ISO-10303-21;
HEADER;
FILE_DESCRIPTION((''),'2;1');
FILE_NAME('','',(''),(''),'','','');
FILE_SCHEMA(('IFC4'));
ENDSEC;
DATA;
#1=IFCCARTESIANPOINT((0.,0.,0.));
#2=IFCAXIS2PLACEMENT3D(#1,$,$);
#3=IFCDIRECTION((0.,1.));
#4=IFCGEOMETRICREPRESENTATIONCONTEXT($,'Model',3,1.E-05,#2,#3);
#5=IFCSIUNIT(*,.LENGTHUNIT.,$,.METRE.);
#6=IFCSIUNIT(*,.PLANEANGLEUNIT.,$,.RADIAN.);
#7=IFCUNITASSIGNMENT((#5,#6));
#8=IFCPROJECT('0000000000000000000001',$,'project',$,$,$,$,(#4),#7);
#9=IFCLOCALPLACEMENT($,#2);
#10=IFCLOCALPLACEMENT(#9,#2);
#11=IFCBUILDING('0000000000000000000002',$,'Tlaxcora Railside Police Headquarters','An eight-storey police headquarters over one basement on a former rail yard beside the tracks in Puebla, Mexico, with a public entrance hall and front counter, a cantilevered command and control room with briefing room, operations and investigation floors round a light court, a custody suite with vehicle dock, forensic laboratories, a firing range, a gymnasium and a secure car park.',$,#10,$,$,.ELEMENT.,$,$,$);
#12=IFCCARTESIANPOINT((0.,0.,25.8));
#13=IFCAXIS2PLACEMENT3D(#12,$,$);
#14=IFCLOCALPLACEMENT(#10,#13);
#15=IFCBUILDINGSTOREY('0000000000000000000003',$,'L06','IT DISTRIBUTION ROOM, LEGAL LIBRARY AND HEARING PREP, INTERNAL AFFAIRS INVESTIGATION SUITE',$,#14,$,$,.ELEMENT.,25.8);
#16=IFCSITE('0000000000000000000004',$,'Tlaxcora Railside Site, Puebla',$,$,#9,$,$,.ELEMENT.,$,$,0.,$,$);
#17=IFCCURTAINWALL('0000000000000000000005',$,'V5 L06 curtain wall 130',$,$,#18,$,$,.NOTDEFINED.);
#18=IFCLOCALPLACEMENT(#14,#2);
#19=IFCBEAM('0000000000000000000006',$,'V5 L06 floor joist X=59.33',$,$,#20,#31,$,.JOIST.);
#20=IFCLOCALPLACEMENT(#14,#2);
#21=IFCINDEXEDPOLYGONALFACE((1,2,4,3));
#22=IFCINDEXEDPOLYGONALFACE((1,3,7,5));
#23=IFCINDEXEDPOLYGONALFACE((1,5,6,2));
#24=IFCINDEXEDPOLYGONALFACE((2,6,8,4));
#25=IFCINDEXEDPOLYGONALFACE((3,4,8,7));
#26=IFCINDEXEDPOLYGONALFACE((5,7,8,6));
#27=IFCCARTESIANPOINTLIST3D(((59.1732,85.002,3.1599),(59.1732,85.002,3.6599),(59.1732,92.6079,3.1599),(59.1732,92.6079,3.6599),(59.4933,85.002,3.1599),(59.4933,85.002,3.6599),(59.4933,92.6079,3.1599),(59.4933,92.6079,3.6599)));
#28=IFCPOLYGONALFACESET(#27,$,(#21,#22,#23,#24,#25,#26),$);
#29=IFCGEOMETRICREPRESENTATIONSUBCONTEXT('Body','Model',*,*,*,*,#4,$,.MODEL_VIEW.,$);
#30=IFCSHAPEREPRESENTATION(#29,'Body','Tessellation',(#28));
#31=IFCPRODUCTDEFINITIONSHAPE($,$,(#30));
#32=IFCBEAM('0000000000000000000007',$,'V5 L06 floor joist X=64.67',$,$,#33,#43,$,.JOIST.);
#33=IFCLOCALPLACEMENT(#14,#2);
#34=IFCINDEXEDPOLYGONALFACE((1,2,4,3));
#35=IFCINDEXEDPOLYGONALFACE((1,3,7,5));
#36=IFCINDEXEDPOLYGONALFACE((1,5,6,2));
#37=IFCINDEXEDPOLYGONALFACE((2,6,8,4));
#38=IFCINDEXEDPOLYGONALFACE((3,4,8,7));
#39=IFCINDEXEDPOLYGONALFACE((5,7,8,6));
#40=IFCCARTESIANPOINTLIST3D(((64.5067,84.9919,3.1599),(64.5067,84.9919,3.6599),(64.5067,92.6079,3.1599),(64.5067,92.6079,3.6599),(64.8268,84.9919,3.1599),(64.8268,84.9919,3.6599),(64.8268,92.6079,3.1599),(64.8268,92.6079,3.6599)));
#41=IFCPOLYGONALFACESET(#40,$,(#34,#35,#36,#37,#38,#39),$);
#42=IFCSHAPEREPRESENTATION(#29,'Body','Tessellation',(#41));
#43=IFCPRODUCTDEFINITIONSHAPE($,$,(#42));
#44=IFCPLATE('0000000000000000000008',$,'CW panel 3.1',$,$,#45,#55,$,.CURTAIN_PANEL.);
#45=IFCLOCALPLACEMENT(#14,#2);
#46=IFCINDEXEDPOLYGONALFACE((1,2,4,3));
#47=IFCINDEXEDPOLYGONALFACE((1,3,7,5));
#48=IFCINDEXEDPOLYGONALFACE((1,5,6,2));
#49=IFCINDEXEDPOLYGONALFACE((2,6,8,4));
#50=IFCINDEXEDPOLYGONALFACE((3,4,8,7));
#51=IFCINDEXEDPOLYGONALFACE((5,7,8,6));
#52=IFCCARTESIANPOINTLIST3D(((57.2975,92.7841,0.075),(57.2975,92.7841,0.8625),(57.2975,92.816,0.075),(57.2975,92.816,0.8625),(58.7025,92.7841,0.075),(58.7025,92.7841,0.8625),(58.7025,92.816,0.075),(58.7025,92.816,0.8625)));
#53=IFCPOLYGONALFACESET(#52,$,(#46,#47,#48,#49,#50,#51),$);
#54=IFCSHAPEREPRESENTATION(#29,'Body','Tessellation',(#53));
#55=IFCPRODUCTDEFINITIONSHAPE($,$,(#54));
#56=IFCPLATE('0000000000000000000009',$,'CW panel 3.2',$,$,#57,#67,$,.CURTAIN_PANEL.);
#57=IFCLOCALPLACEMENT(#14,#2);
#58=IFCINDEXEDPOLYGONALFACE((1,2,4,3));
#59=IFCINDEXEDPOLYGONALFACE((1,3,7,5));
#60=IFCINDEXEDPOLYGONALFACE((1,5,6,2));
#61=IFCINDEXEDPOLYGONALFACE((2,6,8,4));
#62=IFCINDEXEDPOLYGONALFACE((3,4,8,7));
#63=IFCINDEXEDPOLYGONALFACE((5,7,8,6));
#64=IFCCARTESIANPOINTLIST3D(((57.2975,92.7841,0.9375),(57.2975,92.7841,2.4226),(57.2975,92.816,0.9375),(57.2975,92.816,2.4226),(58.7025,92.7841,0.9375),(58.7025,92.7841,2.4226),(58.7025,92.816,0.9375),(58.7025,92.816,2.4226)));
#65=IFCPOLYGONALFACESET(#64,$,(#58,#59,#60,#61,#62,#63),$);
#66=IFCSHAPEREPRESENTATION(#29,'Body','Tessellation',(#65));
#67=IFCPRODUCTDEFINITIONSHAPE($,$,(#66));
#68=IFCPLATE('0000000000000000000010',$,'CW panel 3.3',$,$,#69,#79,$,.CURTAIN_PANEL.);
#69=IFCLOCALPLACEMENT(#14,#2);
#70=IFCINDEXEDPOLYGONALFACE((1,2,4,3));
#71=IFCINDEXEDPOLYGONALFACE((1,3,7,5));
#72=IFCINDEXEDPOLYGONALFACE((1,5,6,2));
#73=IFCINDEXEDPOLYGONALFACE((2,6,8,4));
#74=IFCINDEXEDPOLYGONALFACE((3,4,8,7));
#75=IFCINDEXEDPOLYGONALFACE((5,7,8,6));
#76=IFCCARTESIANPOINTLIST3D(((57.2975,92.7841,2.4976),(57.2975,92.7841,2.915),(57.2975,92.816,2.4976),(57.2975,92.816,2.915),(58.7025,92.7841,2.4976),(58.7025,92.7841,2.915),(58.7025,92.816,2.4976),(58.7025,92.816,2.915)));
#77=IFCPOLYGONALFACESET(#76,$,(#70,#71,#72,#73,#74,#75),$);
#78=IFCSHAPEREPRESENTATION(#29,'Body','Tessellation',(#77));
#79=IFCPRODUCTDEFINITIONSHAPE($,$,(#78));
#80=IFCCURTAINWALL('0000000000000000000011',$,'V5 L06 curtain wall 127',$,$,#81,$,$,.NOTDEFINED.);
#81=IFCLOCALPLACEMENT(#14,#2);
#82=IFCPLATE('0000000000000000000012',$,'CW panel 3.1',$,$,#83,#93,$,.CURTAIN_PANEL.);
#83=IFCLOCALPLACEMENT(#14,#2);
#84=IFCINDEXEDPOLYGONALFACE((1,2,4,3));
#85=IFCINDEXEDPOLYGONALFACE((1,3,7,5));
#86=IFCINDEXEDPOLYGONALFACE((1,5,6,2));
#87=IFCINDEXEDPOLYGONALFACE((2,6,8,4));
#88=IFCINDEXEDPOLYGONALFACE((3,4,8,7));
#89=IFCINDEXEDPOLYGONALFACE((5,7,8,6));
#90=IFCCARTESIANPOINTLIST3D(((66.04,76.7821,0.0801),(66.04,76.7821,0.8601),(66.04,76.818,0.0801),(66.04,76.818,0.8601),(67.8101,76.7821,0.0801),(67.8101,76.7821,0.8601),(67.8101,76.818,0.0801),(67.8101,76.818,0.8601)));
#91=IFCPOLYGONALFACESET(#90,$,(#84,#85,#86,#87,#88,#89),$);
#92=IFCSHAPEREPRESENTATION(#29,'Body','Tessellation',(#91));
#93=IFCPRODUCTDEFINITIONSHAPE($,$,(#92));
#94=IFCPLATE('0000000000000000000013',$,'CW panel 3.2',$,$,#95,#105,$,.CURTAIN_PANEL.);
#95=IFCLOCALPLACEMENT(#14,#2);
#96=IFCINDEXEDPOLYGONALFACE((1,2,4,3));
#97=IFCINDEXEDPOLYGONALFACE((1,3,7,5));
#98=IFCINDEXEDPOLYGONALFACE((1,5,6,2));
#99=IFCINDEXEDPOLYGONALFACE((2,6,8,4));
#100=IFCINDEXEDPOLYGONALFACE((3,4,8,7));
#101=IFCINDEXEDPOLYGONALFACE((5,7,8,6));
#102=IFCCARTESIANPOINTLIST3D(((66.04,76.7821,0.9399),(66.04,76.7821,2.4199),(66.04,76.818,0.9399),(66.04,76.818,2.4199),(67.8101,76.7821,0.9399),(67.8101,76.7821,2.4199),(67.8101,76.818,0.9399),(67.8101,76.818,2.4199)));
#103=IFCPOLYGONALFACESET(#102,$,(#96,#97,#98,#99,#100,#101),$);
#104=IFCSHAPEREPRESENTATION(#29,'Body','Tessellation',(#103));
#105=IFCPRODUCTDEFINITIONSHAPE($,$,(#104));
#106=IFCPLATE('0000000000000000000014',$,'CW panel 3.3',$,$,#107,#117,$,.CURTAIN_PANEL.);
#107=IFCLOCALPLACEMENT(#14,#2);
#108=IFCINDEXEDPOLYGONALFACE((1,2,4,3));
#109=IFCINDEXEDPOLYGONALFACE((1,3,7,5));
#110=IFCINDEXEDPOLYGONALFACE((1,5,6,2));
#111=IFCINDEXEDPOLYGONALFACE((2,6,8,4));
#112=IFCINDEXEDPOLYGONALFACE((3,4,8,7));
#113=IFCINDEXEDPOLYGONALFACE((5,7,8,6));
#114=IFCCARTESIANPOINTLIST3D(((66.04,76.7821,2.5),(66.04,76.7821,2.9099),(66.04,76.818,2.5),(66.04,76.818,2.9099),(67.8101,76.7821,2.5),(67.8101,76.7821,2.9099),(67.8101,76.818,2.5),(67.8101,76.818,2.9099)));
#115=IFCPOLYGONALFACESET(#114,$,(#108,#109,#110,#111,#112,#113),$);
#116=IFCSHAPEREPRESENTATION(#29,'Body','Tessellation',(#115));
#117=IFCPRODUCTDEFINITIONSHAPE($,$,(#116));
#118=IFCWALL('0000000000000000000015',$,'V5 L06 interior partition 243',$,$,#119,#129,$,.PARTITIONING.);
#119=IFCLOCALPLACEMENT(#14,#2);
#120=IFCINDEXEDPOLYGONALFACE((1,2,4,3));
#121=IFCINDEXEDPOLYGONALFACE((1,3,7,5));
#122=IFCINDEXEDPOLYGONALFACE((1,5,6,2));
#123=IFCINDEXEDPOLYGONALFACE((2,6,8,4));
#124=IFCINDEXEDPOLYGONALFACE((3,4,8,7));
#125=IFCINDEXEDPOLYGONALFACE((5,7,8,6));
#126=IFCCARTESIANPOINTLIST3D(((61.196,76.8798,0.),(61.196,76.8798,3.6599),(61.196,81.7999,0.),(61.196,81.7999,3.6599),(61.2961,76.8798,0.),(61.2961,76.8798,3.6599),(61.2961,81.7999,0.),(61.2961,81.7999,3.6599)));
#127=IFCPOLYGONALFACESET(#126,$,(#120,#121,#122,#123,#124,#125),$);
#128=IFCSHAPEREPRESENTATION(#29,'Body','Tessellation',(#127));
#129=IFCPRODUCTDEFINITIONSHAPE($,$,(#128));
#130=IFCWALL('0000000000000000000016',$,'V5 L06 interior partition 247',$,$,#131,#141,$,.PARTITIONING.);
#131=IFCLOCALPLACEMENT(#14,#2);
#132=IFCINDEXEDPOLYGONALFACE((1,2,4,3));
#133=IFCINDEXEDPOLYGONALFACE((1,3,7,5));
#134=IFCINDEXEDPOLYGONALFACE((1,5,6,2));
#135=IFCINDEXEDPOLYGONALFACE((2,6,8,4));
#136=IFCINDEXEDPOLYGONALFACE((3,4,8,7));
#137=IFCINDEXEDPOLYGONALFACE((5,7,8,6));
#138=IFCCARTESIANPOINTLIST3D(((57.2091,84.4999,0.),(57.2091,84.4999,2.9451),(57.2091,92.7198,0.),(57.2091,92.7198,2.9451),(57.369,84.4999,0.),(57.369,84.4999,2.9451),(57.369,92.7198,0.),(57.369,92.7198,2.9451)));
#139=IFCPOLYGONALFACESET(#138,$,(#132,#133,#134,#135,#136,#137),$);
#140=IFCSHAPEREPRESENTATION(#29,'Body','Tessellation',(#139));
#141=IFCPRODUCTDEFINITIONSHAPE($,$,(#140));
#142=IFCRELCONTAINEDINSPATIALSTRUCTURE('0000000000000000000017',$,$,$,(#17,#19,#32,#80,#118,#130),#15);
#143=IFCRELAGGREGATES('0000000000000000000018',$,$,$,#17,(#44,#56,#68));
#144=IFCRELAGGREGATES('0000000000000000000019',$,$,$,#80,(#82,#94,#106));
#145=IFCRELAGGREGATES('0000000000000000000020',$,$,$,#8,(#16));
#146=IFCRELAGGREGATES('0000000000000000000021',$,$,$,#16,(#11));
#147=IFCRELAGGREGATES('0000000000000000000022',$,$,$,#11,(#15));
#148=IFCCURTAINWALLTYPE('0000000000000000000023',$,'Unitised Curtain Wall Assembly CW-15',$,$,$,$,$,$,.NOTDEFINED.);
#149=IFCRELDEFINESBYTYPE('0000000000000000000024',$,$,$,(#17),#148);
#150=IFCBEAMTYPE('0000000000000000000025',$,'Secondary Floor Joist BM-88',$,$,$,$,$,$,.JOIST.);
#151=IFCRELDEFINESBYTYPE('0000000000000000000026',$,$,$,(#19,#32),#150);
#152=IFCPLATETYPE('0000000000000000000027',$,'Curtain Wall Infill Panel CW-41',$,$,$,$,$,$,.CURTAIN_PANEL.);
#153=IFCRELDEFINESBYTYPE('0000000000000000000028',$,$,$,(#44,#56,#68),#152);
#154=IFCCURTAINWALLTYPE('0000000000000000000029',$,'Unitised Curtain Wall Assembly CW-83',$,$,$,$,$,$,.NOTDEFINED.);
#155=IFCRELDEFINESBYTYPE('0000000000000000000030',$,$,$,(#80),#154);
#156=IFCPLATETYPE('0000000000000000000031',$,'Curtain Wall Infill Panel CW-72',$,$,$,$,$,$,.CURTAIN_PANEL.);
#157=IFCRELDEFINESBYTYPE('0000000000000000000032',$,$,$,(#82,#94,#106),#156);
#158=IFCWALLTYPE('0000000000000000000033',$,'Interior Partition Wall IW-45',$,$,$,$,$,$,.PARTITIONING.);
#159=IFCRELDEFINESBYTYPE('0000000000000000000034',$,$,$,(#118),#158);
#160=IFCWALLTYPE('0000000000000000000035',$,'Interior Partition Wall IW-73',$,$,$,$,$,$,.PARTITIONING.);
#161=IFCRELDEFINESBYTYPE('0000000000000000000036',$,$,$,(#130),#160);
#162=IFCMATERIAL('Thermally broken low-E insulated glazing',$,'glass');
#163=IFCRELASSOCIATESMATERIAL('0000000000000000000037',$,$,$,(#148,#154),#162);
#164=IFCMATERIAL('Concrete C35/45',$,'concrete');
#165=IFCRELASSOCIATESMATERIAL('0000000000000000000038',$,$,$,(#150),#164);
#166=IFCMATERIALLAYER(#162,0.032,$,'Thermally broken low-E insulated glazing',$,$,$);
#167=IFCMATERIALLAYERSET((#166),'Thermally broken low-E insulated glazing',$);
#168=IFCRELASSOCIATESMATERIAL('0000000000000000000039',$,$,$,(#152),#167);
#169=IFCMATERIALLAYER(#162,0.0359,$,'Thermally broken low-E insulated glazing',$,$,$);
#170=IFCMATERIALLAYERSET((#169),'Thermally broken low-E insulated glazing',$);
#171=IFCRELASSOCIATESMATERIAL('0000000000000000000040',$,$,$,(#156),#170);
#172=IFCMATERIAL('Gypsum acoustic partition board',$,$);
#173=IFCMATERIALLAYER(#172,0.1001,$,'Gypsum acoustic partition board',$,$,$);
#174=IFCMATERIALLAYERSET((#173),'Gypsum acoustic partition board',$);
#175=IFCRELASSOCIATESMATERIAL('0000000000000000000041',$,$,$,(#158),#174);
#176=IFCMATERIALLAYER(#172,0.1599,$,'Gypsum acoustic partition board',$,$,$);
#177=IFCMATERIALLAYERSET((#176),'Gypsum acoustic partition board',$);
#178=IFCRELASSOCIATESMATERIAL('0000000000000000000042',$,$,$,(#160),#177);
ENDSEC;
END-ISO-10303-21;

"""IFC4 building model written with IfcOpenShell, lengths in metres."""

from ifc_helpers import new_model, si_unit, direction, frame, frame_2d, origin, origin_2d, place, context, subcontext, project, spatial, rectangle, extrude, material, layer, layer_set, material_profile, profile_set, type_object, element, aggregate, save


model = new_model("IFC4")

# Units and contexts
model_context = context("Model", 3, precision=1e-05, world=origin(), true_north=direction((0.0, 1.0)))
body_context = subcontext(model_context, "Body", "Model", "MODEL_VIEW")
ifc_project = project(units=[si_unit("LENGTHUNIT", "METRE"), si_unit("PLANEANGLEUNIT", "RADIAN")], contexts=[model_context])

# Site, building, storey
site_placement = place(None, origin())
site = spatial("IfcSite", under=ifc_project, at=site_placement, Name="Tlaxcora Railside Site, Puebla", CompositionType="ELEMENT", RefElevation=0.0)
building_placement = place(site_placement, origin())
building = spatial("IfcBuilding", under=site, at=building_placement, Name="Tlaxcora Railside Police Headquarters", Description="An eight-storey police headquarters over one basement on a former rail yard beside the tracks in Puebla, Mexico, with a public entrance hall and front counter, a cantilevered command and control room with briefing room, operations and investigation floors round a light court, a custody suite with vehicle dock, forensic laboratories, a firing range, a gymnasium and a secure car park.", CompositionType="ELEMENT")
storey_placement = place(building_placement, frame((0.0, 0.0, 25.8)))
storey = spatial("IfcBuildingStorey", under=building, at=storey_placement, Name="L06", Description="IT DISTRIBUTION ROOM, LEGAL LIBRARY AND HEARING PREP, INTERNAL AFFAIRS INVESTIGATION SUITE", CompositionType="ELEMENT", Elevation=25.8)

# Curtain wall
ifc_material_1 = material(Name="Thermally broken low-E insulated glazing", Category="glass")
curtain_wall_type_1 = type_object("IfcCurtainWallType", Name="Unitised Curtain Wall Assembly CW-15", PredefinedType="NOTDEFINED", material=ifc_material_1)
curtain_wall_1_placement = place(storey_placement, origin())
curtain_wall_1 = element("IfcCurtainWall", 1, at=curtain_wall_1_placement, inside=storey, type_object=curtain_wall_type_1, Name="V5 L06 curtain wall 130", PredefinedType="NOTDEFINED")

# Beams
ifc_material_2 = material(Name="Concrete C35/45", Category="concrete")
ifc_material_profile_1 = material_profile(ifc_material_2, rectangle(XDim=0.3201, YDim=0.5, at=origin_2d()), Name="RC320X500")
ifc_profile_set_1 = profile_set([ifc_material_profile_1], Name="Concrete C35/45")
beam_type_1 = type_object("IfcBeamType", Name="Secondary Floor Joist BM-88", PredefinedType="JOIST", material=ifc_profile_set_1)
beam_1_placement = place(storey_placement, frame((59.3333, 85.002, 3.4099), z_axis=(0.0, 1.0, 0.0), x_axis=(-1.0, 0.0, 0.0)))
element("IfcBeam", 2, at=beam_1_placement, inside=storey, type_object=beam_type_1, Name="V5 L06 floor joist X=59.33", PredefinedType="JOIST", context=body_context, shape_type="SweptSolid", body=[
    extrude(rectangle(XDim=0.3201, YDim=0.5, at=origin_2d()), origin(), (0.0, 0.0, 1.0), 7.606),
])
beam_2_placement = place(storey_placement, frame((64.6667, 84.9919, 3.4099), z_axis=(0.0, 1.0, 0.0), x_axis=(-1.0, 0.0, 0.0)))
element("IfcBeam", 3, at=beam_2_placement, inside=storey, type_object=beam_type_1, Name="V5 L06 floor joist X=64.67", PredefinedType="JOIST", context=body_context, shape_type="SweptSolid", body=[
    extrude(rectangle(XDim=0.3201, YDim=0.5, at=origin_2d()), origin(), (0.0, 0.0, 1.0), 7.616),
])

# Plates
ifc_layer_1 = layer(ifc_material_1, 0.032, Name="Thermally broken low-E insulated glazing")
ifc_layer_set_1 = layer_set([ifc_layer_1], Name="Thermally broken low-E insulated glazing")
plate_type_1 = type_object("IfcPlateType", Name="Curtain Wall Infill Panel CW-41", PredefinedType="CURTAIN_PANEL", material=ifc_layer_set_1)
plate_1_placement = place(storey_placement, frame((58.0, 92.8, 0.075), z_axis=(0.0, 0.0, 1.0), x_axis=(-1.0, 0.0, 0.0)))
plate_1 = element("IfcPlate", 4, at=plate_1_placement, type_object=plate_type_1, Name="CW panel 3.1", PredefinedType="CURTAIN_PANEL", context=body_context, shape_type="SweptSolid", body=[
    extrude(rectangle(XDim=1.405, YDim=0.032, at=origin_2d()), origin(), (0.0, 0.0, 1.0), 0.7876),
])
plate_2_placement = place(storey_placement, frame((58.0, 92.8, 0.9375), z_axis=(0.0, 0.0, 1.0), x_axis=(-1.0, 0.0, 0.0)))
plate_2 = element("IfcPlate", 5, at=plate_2_placement, type_object=plate_type_1, Name="CW panel 3.2", PredefinedType="CURTAIN_PANEL", context=body_context, shape_type="SweptSolid", body=[
    extrude(rectangle(XDim=1.405, YDim=0.032, at=origin_2d()), origin(), (0.0, 0.0, 1.0), 1.4851),
])
plate_3_placement = place(storey_placement, frame((58.0, 92.8, 2.4976), z_axis=(0.0, 0.0, 1.0), x_axis=(-1.0, 0.0, 0.0)))
plate_3 = element("IfcPlate", 6, at=plate_3_placement, type_object=plate_type_1, Name="CW panel 3.3", PredefinedType="CURTAIN_PANEL", context=body_context, shape_type="SweptSolid", body=[
    extrude(rectangle(XDim=1.405, YDim=0.032, at=origin_2d()), origin(), (0.0, 0.0, 1.0), 0.4175),
])
aggregate(curtain_wall_1, [plate_1, plate_2, plate_3])

# Curtain wall, plates
curtain_wall_type_2 = type_object("IfcCurtainWallType", Name="Unitised Curtain Wall Assembly CW-83", PredefinedType="NOTDEFINED", material=ifc_material_1)
curtain_wall_2_placement = place(storey_placement, origin())
curtain_wall_2 = element("IfcCurtainWall", 7, at=curtain_wall_2_placement, inside=storey, type_object=curtain_wall_type_2, Name="V5 L06 curtain wall 127", PredefinedType="NOTDEFINED")
ifc_layer_2 = layer(ifc_material_1, 0.0359, Name="Thermally broken low-E insulated glazing")
ifc_layer_set_2 = layer_set([ifc_layer_2], Name="Thermally broken low-E insulated glazing")
plate_type_2 = type_object("IfcPlateType", Name="Curtain Wall Infill Panel CW-72", PredefinedType="CURTAIN_PANEL", material=ifc_layer_set_2)
plate_4_placement = place(storey_placement, frame((66.925, 76.8, 0.0801), z_axis=(0.0, 0.0, 1.0), x_axis=(1.0, 0.0, 0.0)))
plate_4 = element("IfcPlate", 8, at=plate_4_placement, type_object=plate_type_2, Name="CW panel 3.1", PredefinedType="CURTAIN_PANEL", context=body_context, shape_type="SweptSolid", body=[
    extrude(rectangle(XDim=1.77, YDim=0.0359, at=origin_2d()), origin(), (0.0, 0.0, 1.0), 0.78),
])
plate_5_placement = place(storey_placement, frame((66.925, 76.8, 0.9399), z_axis=(0.0, 0.0, 1.0), x_axis=(1.0, 0.0, 0.0)))
plate_5 = element("IfcPlate", 9, at=plate_5_placement, type_object=plate_type_2, Name="CW panel 3.2", PredefinedType="CURTAIN_PANEL", context=body_context, shape_type="SweptSolid", body=[
    extrude(rectangle(XDim=1.77, YDim=0.0359, at=origin_2d()), origin(), (0.0, 0.0, 1.0), 1.48),
])
plate_6_placement = place(storey_placement, frame((66.925, 76.8, 2.5), z_axis=(0.0, 0.0, 1.0), x_axis=(1.0, 0.0, 0.0)))
plate_6 = element("IfcPlate", 10, at=plate_6_placement, type_object=plate_type_2, Name="CW panel 3.3", PredefinedType="CURTAIN_PANEL", context=body_context, shape_type="SweptSolid", body=[
    extrude(rectangle(XDim=1.77, YDim=0.0359, at=origin_2d()), origin(), (0.0, 0.0, 1.0), 0.4099),
])
aggregate(curtain_wall_2, [plate_4, plate_5, plate_6])

# Walls
ifc_material_3 = material(Name="Gypsum acoustic partition board")
ifc_layer_3 = layer(ifc_material_3, 0.1001, Name="Gypsum acoustic partition board")
ifc_layer_set_3 = layer_set([ifc_layer_3], Name="Gypsum acoustic partition board")
wall_type_1 = type_object("IfcWallType", Name="Interior Partition Wall IW-45", PredefinedType="PARTITIONING", material=ifc_layer_set_3)
wall_1_placement = place(storey_placement, frame((61.2461, 76.8799, 0.0), z_axis=(0.0, 0.0, 1.0), x_axis=(0.0, 1.0, 0.0)))
element("IfcWall", 11, at=wall_1_placement, inside=storey, type_object=wall_type_1, Name="V5 L06 interior partition 243", PredefinedType="PARTITIONING", context=body_context, shape_type="SweptSolid", body=[
    extrude(rectangle(XDim=4.9202, YDim=0.1001, at=frame_2d((2.46, 0.0))), origin(), (0.0, 0.0, 1.0), 3.6599),
])
ifc_layer_4 = layer(ifc_material_3, 0.1599, Name="Gypsum acoustic partition board")
ifc_layer_set_4 = layer_set([ifc_layer_4], Name="Gypsum acoustic partition board")
wall_type_2 = type_object("IfcWallType", Name="Interior Partition Wall IW-73", PredefinedType="PARTITIONING", material=ifc_layer_set_4)
wall_2_placement = place(storey_placement, frame((57.2891, 84.5, 0.0), z_axis=(0.0, 0.0, 1.0), x_axis=(0.0, 1.0, 0.0)))
element("IfcWall", 12, at=wall_2_placement, inside=storey, type_object=wall_type_2, Name="V5 L06 interior partition 247", PredefinedType="PARTITIONING", context=body_context, shape_type="SweptSolid", body=[
    extrude(rectangle(XDim=8.22, YDim=0.1599, at=frame_2d((4.1099, 0.0))), origin(), (0.0, 0.0, 1.0), 2.9451),
])

save(model, "model.ifc")
